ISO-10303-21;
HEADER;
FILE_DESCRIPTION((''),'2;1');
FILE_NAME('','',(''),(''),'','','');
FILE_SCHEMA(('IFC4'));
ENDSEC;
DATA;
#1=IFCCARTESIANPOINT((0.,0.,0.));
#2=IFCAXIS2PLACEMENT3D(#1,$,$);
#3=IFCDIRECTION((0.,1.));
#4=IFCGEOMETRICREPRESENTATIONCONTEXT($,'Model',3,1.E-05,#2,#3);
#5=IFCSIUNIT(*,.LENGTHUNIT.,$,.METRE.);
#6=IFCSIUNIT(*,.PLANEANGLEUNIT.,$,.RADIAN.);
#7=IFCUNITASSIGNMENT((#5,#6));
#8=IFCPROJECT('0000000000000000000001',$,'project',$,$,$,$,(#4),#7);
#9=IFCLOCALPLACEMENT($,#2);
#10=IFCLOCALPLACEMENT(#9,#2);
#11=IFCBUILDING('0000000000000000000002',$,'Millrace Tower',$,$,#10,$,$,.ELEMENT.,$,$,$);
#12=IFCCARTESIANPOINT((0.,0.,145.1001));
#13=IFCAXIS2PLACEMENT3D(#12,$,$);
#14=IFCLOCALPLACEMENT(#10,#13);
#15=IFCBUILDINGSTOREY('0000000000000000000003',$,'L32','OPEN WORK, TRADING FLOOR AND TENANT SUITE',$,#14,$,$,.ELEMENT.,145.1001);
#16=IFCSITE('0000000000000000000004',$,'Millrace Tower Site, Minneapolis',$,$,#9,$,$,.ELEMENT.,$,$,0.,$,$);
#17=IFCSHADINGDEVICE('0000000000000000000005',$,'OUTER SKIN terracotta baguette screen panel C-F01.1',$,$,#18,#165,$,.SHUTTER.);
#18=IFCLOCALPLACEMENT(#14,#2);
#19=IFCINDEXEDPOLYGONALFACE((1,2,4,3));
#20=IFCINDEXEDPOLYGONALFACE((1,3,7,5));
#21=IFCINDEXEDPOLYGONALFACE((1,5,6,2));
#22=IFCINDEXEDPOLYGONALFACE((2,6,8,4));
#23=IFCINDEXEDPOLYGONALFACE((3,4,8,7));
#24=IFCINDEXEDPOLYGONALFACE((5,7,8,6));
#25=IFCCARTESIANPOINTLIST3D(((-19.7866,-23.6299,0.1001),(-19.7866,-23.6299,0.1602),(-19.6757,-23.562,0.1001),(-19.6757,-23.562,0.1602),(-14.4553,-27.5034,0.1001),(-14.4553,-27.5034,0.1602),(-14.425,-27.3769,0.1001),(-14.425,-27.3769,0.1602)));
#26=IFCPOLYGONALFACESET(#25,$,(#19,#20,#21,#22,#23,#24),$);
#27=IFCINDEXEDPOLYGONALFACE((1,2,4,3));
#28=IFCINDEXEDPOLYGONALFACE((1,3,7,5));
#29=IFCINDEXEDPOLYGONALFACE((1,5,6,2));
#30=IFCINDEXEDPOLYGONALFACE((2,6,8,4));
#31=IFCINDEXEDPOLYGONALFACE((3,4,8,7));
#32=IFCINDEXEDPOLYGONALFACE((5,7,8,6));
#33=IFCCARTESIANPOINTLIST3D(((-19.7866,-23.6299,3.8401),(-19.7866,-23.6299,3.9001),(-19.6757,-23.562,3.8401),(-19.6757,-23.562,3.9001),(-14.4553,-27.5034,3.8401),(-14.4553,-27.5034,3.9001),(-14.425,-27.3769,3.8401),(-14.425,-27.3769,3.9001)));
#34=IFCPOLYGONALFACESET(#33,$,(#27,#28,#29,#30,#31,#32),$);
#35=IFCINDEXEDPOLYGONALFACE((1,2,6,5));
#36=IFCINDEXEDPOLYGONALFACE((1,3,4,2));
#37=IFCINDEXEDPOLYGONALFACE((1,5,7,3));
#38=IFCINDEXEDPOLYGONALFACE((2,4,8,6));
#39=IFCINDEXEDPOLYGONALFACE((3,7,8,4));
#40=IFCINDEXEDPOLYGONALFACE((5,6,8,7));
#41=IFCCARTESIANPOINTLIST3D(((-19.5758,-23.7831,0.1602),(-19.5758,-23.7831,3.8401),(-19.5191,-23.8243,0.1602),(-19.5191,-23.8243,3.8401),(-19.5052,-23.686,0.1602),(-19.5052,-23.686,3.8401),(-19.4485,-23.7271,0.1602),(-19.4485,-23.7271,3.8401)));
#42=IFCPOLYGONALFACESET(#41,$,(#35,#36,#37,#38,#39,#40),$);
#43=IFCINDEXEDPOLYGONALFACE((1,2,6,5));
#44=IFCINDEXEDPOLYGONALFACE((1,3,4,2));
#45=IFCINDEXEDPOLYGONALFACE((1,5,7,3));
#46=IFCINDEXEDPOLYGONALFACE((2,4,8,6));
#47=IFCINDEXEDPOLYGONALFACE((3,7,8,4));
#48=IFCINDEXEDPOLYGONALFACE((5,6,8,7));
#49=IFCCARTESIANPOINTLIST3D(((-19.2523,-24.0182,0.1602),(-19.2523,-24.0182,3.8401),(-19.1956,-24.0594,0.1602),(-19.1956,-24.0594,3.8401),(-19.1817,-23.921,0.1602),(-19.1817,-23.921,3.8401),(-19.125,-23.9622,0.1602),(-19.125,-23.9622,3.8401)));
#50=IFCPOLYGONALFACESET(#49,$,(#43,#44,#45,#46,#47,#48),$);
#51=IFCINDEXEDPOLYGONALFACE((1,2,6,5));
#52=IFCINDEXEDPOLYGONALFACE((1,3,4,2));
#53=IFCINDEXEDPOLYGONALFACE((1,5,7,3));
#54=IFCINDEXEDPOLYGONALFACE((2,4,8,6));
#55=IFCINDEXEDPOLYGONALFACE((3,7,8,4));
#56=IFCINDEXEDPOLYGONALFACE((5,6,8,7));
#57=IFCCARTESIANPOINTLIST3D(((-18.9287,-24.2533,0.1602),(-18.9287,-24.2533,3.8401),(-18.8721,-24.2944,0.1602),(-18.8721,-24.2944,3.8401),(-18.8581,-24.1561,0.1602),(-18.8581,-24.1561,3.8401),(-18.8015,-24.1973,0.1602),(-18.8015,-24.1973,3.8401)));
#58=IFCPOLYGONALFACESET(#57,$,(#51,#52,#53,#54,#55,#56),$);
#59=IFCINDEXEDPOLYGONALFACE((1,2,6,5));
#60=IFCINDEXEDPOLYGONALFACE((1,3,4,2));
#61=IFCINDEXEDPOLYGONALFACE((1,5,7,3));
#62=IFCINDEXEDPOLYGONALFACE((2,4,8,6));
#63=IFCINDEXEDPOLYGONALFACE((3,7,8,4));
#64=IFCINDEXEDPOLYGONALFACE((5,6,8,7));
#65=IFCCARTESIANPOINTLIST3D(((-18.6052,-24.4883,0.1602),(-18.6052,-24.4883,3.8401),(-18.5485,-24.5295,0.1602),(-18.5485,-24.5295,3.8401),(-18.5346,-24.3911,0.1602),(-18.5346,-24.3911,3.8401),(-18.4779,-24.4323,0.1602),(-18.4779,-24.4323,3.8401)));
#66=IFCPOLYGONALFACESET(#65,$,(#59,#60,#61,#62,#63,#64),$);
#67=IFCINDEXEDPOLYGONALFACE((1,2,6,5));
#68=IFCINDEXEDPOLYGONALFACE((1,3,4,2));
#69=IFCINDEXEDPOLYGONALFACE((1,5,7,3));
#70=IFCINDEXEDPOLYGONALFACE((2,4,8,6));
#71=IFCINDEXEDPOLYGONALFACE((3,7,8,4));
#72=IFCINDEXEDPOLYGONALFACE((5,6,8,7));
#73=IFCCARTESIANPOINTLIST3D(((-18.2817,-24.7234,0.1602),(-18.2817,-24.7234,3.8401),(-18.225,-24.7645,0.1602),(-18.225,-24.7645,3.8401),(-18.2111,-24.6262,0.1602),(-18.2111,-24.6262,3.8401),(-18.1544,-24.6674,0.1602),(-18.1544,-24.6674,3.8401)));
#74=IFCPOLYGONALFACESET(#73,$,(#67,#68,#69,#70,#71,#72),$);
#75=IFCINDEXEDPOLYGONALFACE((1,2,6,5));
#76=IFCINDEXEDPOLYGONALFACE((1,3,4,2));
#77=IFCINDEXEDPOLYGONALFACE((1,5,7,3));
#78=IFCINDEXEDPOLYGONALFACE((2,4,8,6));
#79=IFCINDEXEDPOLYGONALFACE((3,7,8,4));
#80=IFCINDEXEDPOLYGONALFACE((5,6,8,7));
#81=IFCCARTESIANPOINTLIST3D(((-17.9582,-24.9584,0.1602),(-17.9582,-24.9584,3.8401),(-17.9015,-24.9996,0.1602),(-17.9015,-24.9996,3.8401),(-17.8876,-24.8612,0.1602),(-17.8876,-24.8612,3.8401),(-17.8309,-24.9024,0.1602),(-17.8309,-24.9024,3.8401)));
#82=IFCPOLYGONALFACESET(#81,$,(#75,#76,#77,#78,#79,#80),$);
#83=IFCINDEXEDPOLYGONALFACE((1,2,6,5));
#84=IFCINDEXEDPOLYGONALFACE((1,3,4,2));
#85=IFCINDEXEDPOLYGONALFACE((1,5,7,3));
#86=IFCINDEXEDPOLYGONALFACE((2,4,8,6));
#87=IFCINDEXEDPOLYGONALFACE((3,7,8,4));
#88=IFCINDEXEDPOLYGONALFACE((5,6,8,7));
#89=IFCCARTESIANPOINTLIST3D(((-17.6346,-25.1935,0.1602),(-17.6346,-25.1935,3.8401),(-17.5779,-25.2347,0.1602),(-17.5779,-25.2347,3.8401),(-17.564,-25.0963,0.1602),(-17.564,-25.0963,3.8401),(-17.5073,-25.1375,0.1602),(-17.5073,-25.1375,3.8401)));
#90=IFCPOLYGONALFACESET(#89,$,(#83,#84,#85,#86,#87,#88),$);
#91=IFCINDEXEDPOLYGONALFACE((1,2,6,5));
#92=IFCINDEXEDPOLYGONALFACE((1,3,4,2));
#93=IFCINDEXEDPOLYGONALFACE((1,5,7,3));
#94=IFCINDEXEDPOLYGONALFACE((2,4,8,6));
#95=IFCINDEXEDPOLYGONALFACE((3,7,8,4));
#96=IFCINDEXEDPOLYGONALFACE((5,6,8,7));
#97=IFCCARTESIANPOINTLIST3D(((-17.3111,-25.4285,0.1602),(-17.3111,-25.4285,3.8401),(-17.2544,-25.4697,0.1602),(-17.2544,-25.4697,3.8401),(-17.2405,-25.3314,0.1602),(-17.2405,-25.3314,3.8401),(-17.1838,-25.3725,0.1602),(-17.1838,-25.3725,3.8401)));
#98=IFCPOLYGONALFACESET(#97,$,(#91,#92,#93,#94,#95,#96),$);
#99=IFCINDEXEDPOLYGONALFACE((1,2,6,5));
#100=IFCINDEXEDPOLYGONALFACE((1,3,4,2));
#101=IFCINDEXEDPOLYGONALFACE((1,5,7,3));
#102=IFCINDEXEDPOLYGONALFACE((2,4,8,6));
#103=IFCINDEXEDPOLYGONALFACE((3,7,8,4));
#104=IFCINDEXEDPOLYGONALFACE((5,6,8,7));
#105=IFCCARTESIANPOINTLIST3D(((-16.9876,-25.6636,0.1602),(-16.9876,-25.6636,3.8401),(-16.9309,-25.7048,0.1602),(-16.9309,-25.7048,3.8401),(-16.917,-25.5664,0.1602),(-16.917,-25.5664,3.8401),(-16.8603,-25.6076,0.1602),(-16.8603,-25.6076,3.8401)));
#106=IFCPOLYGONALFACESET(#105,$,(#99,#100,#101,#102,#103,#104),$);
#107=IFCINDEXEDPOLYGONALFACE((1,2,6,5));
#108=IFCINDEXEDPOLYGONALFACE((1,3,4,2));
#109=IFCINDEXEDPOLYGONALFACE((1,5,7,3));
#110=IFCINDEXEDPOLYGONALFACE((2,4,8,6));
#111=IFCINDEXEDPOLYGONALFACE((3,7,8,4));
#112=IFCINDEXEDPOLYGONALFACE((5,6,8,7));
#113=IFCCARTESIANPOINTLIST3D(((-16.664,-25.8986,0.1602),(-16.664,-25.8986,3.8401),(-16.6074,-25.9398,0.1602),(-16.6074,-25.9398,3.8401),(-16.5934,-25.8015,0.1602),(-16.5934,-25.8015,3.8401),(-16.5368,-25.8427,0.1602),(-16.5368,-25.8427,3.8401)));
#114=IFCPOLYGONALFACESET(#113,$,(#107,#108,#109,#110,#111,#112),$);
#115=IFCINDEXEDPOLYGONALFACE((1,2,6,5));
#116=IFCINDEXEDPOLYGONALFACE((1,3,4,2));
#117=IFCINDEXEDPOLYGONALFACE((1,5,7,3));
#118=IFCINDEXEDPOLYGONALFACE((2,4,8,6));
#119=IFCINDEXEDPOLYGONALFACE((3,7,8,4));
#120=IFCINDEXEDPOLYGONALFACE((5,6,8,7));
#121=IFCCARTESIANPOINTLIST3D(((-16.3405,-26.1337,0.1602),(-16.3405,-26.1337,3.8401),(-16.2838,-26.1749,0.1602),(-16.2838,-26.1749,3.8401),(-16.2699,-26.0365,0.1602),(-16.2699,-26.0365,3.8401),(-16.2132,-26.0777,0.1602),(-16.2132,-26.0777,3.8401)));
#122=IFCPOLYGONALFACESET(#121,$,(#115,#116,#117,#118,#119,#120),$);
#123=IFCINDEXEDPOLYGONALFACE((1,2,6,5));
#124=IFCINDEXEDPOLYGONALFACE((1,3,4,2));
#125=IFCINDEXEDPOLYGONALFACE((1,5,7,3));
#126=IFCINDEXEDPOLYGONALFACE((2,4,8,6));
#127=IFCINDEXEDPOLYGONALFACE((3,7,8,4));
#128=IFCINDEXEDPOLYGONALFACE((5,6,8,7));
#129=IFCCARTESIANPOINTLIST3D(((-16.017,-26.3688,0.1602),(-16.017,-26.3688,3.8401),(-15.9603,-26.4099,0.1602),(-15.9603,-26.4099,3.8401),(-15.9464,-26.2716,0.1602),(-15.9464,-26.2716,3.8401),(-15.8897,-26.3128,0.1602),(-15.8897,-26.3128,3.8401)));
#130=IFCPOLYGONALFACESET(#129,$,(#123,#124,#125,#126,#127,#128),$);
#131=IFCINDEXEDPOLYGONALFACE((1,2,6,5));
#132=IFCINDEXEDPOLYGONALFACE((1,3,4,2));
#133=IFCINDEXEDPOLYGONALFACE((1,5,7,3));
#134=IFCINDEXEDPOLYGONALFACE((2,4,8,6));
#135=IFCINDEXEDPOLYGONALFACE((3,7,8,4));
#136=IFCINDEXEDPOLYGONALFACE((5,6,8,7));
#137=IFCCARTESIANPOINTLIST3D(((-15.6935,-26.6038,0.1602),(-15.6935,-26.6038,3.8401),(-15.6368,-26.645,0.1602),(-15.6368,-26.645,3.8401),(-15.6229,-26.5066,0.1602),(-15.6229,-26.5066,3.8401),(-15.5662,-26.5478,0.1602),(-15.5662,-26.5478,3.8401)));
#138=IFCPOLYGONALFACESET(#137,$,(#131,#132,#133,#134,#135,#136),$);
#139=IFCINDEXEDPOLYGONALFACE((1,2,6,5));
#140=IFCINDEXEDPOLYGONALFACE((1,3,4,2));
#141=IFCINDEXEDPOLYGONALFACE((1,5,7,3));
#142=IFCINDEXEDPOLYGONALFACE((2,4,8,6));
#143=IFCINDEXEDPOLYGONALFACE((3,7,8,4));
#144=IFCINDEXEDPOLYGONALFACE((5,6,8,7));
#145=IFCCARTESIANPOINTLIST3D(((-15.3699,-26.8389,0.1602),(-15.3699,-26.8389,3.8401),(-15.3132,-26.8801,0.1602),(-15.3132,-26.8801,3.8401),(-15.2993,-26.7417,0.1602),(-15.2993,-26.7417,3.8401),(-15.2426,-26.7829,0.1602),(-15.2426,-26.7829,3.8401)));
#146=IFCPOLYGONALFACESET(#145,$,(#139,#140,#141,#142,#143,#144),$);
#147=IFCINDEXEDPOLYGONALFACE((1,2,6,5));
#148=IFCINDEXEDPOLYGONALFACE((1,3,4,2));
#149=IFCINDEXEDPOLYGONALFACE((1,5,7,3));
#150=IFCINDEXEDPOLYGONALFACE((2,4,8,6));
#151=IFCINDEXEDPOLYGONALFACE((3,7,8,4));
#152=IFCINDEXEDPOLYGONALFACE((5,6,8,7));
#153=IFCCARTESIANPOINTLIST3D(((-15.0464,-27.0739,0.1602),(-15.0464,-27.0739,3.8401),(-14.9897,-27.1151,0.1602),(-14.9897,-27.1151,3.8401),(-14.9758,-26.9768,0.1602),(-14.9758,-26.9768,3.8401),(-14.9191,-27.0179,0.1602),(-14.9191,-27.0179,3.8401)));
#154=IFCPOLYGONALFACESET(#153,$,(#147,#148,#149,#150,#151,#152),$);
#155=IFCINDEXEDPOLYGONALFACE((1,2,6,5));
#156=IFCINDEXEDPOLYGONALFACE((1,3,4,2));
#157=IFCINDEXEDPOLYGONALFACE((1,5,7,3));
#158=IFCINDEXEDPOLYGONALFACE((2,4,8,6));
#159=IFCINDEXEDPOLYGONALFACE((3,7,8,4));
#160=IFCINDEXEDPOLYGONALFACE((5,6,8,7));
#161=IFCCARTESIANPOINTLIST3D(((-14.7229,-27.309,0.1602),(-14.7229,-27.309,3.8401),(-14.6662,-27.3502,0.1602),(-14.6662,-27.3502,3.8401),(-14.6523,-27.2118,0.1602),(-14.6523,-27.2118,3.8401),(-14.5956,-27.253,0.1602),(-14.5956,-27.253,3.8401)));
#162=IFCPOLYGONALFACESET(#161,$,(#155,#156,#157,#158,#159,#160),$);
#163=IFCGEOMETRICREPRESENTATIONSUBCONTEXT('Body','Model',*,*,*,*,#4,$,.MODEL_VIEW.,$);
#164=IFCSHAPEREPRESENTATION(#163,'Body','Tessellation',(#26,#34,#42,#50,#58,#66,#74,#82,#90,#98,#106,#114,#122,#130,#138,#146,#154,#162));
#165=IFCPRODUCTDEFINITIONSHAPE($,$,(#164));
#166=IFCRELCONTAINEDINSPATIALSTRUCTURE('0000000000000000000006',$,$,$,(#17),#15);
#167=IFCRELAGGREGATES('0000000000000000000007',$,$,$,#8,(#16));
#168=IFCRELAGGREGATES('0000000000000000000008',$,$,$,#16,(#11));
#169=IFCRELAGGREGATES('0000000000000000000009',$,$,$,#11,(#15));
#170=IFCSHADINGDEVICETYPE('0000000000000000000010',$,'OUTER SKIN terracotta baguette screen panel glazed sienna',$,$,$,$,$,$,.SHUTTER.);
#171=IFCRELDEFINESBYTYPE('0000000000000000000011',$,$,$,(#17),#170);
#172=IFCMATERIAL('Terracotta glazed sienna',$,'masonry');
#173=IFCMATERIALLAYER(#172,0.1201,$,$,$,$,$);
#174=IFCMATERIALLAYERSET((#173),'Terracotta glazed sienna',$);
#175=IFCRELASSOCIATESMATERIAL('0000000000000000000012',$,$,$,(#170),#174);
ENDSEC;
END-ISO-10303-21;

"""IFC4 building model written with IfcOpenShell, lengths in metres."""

from ifc_helpers import new_model, entity, si_unit, direction, frame, frame_2d, origin, place, context, subcontext, project, spatial, rectangle, extrude, source, transform, mapped, material, layer, layer_set, type_object, element, save


model = new_model("IFC4")

# Units and contexts
model_context = context("Model", 3, precision=1e-05, world=origin(), true_north=direction((0.0, 1.0)))
body_context = subcontext(model_context, "Body", "Model", "MODEL_VIEW")
ifc_project = project(units=[si_unit("LENGTHUNIT", "METRE"), si_unit("PLANEANGLEUNIT", "RADIAN")], contexts=[model_context])

# Site, building, storey
site_placement = place(None, origin())
site = spatial("IfcSite", under=ifc_project, at=site_placement, Name="Millrace Tower Site, Minneapolis", CompositionType="ELEMENT", RefElevation=0.0)
building_placement = place(site_placement, origin())
building = spatial("IfcBuilding", under=site, at=building_placement, Name="Millrace Tower", CompositionType="ELEMENT")
storey_placement = place(building_placement, frame((0.0, 0.0, 145.1001)))
storey = spatial("IfcBuildingStorey", under=building, at=storey_placement, Name="L32", Description="OPEN WORK, TRADING FLOOR AND TENANT SUITE", CompositionType="ELEMENT", Elevation=145.1001)

# Shading device
ifc_material_1 = material(Name="Terracotta glazed sienna", Category="masonry")
ifc_layer_1 = layer(ifc_material_1, 0.1201)
ifc_layer_set_1 = layer_set([ifc_layer_1], Name="Terracotta glazed sienna")
shading_device_type = type_object("IfcShadingDeviceType", Name="OUTER SKIN terracotta baguette screen panel glazed sienna", PredefinedType="SHUTTER", material=ifc_layer_set_1)
cartesian_point_1 = entity("IfcCartesianPoint", [-3.2451, 0.0601])
shared_polyline_1 = entity("IfcPolyline", [cartesian_point_1, entity("IfcCartesianPoint", [3.2451, 0.0601]), entity("IfcCartesianPoint", [3.2949, -0.0601]), entity("IfcCartesianPoint", [-3.2949, -0.0601]), cartesian_point_1])
shared_shape_1 = source(origin(), body_context, "Body", "SweptSolid", [
    entity("IfcExtrudedAreaSolid", entity("IfcArbitraryClosedProfileDef", "AREA", None, shared_polyline_1), entity("IfcAxis2Placement3D", entity("IfcCartesianPoint", [0.0, 0.0, 0.0])), entity("IfcDirection", [0.0, 0.0, 1.0]), 0.0601),
    entity("IfcExtrudedAreaSolid", entity("IfcArbitraryClosedProfileDef", "AREA", None, shared_polyline_1), entity("IfcAxis2Placement3D", entity("IfcCartesianPoint", [0.0, 0.0, 3.74])), entity("IfcDirection", [0.0, 0.0, 1.0]), 0.0601),
    extrude(rectangle(XDim=0.0701, YDim=0.1201, at=frame_2d((-2.9993, 0.0))), frame((0.0, 0.0, 0.0601)), (0.0, 0.0, 1.0), 3.6799),
    extrude(rectangle(XDim=0.0701, YDim=0.1201, at=frame_2d((-2.5994, 0.0))), frame((0.0, 0.0, 0.0601)), (0.0, 0.0, 1.0), 3.6799),
    extrude(rectangle(XDim=0.0701, YDim=0.1201, at=frame_2d((-2.1995, 0.0))), frame((0.0, 0.0, 0.0601)), (0.0, 0.0, 1.0), 3.6799),
    extrude(rectangle(XDim=0.0701, YDim=0.1201, at=frame_2d((-1.7996, 0.0))), frame((0.0, 0.0, 0.0601)), (0.0, 0.0, 1.0), 3.6799),
    extrude(rectangle(XDim=0.0701, YDim=0.1201, at=frame_2d((-1.3997, 0.0))), frame((0.0, 0.0, 0.0601)), (0.0, 0.0, 1.0), 3.6799),
    extrude(rectangle(XDim=0.0701, YDim=0.1201, at=frame_2d((-0.9998, 0.0))), frame((0.0, 0.0, 0.0601)), (0.0, 0.0, 1.0), 3.6799),
    extrude(rectangle(XDim=0.0701, YDim=0.1201, at=frame_2d((-0.5999, 0.0))), frame((0.0, 0.0, 0.0601)), (0.0, 0.0, 1.0), 3.6799),
    extrude(rectangle(XDim=0.0701, YDim=0.1201, at=frame_2d((-0.2, 0.0))), frame((0.0, 0.0, 0.0601)), (0.0, 0.0, 1.0), 3.6799),
    extrude(rectangle(XDim=0.0701, YDim=0.1201, at=frame_2d((0.2, 0.0))), frame((0.0, 0.0, 0.0601)), (0.0, 0.0, 1.0), 3.6799),
    extrude(rectangle(XDim=0.0701, YDim=0.1201, at=frame_2d((0.5999, 0.0))), frame((0.0, 0.0, 0.0601)), (0.0, 0.0, 1.0), 3.6799),
    extrude(rectangle(XDim=0.0701, YDim=0.1201, at=frame_2d((0.9998, 0.0))), frame((0.0, 0.0, 0.0601)), (0.0, 0.0, 1.0), 3.6799),
    extrude(rectangle(XDim=0.0701, YDim=0.1201, at=frame_2d((1.3997, 0.0))), frame((0.0, 0.0, 0.0601)), (0.0, 0.0, 1.0), 3.6799),
    extrude(rectangle(XDim=0.0701, YDim=0.1201, at=frame_2d((1.7996, 0.0))), frame((0.0, 0.0, 0.0601)), (0.0, 0.0, 1.0), 3.6799),
    extrude(rectangle(XDim=0.0701, YDim=0.1201, at=frame_2d((2.1995, 0.0))), frame((0.0, 0.0, 0.0601)), (0.0, 0.0, 1.0), 3.6799),
    extrude(rectangle(XDim=0.0701, YDim=0.1201, at=frame_2d((2.5994, 0.0))), frame((0.0, 0.0, 0.0601)), (0.0, 0.0, 1.0), 3.6799),
    extrude(rectangle(XDim=0.0701, YDim=0.1201, at=frame_2d((2.9993, 0.0))), frame((0.0, 0.0, 0.0601)), (0.0, 0.0, 1.0), 3.6799),
])
shading_device_1_placement = place(storey_placement, frame((-17.0857, -25.5181, 0.1001), z_axis=(0.0, 0.0, 1.0), x_axis=(0.809017, -0.587785, 0.0)))
element("IfcShadingDevice", 1, at=shading_device_1_placement, inside=storey, type_object=shading_device_type, Name="OUTER SKIN terracotta baguette screen panel C-F01.1", PredefinedType="SHUTTER", context=body_context, shape_type="MappedRepresentation", body=[
    mapped(shared_shape_1, transform((0.0, 0.0, 0.0), scale=1.0)),
])

save(model, "model.ifc")
